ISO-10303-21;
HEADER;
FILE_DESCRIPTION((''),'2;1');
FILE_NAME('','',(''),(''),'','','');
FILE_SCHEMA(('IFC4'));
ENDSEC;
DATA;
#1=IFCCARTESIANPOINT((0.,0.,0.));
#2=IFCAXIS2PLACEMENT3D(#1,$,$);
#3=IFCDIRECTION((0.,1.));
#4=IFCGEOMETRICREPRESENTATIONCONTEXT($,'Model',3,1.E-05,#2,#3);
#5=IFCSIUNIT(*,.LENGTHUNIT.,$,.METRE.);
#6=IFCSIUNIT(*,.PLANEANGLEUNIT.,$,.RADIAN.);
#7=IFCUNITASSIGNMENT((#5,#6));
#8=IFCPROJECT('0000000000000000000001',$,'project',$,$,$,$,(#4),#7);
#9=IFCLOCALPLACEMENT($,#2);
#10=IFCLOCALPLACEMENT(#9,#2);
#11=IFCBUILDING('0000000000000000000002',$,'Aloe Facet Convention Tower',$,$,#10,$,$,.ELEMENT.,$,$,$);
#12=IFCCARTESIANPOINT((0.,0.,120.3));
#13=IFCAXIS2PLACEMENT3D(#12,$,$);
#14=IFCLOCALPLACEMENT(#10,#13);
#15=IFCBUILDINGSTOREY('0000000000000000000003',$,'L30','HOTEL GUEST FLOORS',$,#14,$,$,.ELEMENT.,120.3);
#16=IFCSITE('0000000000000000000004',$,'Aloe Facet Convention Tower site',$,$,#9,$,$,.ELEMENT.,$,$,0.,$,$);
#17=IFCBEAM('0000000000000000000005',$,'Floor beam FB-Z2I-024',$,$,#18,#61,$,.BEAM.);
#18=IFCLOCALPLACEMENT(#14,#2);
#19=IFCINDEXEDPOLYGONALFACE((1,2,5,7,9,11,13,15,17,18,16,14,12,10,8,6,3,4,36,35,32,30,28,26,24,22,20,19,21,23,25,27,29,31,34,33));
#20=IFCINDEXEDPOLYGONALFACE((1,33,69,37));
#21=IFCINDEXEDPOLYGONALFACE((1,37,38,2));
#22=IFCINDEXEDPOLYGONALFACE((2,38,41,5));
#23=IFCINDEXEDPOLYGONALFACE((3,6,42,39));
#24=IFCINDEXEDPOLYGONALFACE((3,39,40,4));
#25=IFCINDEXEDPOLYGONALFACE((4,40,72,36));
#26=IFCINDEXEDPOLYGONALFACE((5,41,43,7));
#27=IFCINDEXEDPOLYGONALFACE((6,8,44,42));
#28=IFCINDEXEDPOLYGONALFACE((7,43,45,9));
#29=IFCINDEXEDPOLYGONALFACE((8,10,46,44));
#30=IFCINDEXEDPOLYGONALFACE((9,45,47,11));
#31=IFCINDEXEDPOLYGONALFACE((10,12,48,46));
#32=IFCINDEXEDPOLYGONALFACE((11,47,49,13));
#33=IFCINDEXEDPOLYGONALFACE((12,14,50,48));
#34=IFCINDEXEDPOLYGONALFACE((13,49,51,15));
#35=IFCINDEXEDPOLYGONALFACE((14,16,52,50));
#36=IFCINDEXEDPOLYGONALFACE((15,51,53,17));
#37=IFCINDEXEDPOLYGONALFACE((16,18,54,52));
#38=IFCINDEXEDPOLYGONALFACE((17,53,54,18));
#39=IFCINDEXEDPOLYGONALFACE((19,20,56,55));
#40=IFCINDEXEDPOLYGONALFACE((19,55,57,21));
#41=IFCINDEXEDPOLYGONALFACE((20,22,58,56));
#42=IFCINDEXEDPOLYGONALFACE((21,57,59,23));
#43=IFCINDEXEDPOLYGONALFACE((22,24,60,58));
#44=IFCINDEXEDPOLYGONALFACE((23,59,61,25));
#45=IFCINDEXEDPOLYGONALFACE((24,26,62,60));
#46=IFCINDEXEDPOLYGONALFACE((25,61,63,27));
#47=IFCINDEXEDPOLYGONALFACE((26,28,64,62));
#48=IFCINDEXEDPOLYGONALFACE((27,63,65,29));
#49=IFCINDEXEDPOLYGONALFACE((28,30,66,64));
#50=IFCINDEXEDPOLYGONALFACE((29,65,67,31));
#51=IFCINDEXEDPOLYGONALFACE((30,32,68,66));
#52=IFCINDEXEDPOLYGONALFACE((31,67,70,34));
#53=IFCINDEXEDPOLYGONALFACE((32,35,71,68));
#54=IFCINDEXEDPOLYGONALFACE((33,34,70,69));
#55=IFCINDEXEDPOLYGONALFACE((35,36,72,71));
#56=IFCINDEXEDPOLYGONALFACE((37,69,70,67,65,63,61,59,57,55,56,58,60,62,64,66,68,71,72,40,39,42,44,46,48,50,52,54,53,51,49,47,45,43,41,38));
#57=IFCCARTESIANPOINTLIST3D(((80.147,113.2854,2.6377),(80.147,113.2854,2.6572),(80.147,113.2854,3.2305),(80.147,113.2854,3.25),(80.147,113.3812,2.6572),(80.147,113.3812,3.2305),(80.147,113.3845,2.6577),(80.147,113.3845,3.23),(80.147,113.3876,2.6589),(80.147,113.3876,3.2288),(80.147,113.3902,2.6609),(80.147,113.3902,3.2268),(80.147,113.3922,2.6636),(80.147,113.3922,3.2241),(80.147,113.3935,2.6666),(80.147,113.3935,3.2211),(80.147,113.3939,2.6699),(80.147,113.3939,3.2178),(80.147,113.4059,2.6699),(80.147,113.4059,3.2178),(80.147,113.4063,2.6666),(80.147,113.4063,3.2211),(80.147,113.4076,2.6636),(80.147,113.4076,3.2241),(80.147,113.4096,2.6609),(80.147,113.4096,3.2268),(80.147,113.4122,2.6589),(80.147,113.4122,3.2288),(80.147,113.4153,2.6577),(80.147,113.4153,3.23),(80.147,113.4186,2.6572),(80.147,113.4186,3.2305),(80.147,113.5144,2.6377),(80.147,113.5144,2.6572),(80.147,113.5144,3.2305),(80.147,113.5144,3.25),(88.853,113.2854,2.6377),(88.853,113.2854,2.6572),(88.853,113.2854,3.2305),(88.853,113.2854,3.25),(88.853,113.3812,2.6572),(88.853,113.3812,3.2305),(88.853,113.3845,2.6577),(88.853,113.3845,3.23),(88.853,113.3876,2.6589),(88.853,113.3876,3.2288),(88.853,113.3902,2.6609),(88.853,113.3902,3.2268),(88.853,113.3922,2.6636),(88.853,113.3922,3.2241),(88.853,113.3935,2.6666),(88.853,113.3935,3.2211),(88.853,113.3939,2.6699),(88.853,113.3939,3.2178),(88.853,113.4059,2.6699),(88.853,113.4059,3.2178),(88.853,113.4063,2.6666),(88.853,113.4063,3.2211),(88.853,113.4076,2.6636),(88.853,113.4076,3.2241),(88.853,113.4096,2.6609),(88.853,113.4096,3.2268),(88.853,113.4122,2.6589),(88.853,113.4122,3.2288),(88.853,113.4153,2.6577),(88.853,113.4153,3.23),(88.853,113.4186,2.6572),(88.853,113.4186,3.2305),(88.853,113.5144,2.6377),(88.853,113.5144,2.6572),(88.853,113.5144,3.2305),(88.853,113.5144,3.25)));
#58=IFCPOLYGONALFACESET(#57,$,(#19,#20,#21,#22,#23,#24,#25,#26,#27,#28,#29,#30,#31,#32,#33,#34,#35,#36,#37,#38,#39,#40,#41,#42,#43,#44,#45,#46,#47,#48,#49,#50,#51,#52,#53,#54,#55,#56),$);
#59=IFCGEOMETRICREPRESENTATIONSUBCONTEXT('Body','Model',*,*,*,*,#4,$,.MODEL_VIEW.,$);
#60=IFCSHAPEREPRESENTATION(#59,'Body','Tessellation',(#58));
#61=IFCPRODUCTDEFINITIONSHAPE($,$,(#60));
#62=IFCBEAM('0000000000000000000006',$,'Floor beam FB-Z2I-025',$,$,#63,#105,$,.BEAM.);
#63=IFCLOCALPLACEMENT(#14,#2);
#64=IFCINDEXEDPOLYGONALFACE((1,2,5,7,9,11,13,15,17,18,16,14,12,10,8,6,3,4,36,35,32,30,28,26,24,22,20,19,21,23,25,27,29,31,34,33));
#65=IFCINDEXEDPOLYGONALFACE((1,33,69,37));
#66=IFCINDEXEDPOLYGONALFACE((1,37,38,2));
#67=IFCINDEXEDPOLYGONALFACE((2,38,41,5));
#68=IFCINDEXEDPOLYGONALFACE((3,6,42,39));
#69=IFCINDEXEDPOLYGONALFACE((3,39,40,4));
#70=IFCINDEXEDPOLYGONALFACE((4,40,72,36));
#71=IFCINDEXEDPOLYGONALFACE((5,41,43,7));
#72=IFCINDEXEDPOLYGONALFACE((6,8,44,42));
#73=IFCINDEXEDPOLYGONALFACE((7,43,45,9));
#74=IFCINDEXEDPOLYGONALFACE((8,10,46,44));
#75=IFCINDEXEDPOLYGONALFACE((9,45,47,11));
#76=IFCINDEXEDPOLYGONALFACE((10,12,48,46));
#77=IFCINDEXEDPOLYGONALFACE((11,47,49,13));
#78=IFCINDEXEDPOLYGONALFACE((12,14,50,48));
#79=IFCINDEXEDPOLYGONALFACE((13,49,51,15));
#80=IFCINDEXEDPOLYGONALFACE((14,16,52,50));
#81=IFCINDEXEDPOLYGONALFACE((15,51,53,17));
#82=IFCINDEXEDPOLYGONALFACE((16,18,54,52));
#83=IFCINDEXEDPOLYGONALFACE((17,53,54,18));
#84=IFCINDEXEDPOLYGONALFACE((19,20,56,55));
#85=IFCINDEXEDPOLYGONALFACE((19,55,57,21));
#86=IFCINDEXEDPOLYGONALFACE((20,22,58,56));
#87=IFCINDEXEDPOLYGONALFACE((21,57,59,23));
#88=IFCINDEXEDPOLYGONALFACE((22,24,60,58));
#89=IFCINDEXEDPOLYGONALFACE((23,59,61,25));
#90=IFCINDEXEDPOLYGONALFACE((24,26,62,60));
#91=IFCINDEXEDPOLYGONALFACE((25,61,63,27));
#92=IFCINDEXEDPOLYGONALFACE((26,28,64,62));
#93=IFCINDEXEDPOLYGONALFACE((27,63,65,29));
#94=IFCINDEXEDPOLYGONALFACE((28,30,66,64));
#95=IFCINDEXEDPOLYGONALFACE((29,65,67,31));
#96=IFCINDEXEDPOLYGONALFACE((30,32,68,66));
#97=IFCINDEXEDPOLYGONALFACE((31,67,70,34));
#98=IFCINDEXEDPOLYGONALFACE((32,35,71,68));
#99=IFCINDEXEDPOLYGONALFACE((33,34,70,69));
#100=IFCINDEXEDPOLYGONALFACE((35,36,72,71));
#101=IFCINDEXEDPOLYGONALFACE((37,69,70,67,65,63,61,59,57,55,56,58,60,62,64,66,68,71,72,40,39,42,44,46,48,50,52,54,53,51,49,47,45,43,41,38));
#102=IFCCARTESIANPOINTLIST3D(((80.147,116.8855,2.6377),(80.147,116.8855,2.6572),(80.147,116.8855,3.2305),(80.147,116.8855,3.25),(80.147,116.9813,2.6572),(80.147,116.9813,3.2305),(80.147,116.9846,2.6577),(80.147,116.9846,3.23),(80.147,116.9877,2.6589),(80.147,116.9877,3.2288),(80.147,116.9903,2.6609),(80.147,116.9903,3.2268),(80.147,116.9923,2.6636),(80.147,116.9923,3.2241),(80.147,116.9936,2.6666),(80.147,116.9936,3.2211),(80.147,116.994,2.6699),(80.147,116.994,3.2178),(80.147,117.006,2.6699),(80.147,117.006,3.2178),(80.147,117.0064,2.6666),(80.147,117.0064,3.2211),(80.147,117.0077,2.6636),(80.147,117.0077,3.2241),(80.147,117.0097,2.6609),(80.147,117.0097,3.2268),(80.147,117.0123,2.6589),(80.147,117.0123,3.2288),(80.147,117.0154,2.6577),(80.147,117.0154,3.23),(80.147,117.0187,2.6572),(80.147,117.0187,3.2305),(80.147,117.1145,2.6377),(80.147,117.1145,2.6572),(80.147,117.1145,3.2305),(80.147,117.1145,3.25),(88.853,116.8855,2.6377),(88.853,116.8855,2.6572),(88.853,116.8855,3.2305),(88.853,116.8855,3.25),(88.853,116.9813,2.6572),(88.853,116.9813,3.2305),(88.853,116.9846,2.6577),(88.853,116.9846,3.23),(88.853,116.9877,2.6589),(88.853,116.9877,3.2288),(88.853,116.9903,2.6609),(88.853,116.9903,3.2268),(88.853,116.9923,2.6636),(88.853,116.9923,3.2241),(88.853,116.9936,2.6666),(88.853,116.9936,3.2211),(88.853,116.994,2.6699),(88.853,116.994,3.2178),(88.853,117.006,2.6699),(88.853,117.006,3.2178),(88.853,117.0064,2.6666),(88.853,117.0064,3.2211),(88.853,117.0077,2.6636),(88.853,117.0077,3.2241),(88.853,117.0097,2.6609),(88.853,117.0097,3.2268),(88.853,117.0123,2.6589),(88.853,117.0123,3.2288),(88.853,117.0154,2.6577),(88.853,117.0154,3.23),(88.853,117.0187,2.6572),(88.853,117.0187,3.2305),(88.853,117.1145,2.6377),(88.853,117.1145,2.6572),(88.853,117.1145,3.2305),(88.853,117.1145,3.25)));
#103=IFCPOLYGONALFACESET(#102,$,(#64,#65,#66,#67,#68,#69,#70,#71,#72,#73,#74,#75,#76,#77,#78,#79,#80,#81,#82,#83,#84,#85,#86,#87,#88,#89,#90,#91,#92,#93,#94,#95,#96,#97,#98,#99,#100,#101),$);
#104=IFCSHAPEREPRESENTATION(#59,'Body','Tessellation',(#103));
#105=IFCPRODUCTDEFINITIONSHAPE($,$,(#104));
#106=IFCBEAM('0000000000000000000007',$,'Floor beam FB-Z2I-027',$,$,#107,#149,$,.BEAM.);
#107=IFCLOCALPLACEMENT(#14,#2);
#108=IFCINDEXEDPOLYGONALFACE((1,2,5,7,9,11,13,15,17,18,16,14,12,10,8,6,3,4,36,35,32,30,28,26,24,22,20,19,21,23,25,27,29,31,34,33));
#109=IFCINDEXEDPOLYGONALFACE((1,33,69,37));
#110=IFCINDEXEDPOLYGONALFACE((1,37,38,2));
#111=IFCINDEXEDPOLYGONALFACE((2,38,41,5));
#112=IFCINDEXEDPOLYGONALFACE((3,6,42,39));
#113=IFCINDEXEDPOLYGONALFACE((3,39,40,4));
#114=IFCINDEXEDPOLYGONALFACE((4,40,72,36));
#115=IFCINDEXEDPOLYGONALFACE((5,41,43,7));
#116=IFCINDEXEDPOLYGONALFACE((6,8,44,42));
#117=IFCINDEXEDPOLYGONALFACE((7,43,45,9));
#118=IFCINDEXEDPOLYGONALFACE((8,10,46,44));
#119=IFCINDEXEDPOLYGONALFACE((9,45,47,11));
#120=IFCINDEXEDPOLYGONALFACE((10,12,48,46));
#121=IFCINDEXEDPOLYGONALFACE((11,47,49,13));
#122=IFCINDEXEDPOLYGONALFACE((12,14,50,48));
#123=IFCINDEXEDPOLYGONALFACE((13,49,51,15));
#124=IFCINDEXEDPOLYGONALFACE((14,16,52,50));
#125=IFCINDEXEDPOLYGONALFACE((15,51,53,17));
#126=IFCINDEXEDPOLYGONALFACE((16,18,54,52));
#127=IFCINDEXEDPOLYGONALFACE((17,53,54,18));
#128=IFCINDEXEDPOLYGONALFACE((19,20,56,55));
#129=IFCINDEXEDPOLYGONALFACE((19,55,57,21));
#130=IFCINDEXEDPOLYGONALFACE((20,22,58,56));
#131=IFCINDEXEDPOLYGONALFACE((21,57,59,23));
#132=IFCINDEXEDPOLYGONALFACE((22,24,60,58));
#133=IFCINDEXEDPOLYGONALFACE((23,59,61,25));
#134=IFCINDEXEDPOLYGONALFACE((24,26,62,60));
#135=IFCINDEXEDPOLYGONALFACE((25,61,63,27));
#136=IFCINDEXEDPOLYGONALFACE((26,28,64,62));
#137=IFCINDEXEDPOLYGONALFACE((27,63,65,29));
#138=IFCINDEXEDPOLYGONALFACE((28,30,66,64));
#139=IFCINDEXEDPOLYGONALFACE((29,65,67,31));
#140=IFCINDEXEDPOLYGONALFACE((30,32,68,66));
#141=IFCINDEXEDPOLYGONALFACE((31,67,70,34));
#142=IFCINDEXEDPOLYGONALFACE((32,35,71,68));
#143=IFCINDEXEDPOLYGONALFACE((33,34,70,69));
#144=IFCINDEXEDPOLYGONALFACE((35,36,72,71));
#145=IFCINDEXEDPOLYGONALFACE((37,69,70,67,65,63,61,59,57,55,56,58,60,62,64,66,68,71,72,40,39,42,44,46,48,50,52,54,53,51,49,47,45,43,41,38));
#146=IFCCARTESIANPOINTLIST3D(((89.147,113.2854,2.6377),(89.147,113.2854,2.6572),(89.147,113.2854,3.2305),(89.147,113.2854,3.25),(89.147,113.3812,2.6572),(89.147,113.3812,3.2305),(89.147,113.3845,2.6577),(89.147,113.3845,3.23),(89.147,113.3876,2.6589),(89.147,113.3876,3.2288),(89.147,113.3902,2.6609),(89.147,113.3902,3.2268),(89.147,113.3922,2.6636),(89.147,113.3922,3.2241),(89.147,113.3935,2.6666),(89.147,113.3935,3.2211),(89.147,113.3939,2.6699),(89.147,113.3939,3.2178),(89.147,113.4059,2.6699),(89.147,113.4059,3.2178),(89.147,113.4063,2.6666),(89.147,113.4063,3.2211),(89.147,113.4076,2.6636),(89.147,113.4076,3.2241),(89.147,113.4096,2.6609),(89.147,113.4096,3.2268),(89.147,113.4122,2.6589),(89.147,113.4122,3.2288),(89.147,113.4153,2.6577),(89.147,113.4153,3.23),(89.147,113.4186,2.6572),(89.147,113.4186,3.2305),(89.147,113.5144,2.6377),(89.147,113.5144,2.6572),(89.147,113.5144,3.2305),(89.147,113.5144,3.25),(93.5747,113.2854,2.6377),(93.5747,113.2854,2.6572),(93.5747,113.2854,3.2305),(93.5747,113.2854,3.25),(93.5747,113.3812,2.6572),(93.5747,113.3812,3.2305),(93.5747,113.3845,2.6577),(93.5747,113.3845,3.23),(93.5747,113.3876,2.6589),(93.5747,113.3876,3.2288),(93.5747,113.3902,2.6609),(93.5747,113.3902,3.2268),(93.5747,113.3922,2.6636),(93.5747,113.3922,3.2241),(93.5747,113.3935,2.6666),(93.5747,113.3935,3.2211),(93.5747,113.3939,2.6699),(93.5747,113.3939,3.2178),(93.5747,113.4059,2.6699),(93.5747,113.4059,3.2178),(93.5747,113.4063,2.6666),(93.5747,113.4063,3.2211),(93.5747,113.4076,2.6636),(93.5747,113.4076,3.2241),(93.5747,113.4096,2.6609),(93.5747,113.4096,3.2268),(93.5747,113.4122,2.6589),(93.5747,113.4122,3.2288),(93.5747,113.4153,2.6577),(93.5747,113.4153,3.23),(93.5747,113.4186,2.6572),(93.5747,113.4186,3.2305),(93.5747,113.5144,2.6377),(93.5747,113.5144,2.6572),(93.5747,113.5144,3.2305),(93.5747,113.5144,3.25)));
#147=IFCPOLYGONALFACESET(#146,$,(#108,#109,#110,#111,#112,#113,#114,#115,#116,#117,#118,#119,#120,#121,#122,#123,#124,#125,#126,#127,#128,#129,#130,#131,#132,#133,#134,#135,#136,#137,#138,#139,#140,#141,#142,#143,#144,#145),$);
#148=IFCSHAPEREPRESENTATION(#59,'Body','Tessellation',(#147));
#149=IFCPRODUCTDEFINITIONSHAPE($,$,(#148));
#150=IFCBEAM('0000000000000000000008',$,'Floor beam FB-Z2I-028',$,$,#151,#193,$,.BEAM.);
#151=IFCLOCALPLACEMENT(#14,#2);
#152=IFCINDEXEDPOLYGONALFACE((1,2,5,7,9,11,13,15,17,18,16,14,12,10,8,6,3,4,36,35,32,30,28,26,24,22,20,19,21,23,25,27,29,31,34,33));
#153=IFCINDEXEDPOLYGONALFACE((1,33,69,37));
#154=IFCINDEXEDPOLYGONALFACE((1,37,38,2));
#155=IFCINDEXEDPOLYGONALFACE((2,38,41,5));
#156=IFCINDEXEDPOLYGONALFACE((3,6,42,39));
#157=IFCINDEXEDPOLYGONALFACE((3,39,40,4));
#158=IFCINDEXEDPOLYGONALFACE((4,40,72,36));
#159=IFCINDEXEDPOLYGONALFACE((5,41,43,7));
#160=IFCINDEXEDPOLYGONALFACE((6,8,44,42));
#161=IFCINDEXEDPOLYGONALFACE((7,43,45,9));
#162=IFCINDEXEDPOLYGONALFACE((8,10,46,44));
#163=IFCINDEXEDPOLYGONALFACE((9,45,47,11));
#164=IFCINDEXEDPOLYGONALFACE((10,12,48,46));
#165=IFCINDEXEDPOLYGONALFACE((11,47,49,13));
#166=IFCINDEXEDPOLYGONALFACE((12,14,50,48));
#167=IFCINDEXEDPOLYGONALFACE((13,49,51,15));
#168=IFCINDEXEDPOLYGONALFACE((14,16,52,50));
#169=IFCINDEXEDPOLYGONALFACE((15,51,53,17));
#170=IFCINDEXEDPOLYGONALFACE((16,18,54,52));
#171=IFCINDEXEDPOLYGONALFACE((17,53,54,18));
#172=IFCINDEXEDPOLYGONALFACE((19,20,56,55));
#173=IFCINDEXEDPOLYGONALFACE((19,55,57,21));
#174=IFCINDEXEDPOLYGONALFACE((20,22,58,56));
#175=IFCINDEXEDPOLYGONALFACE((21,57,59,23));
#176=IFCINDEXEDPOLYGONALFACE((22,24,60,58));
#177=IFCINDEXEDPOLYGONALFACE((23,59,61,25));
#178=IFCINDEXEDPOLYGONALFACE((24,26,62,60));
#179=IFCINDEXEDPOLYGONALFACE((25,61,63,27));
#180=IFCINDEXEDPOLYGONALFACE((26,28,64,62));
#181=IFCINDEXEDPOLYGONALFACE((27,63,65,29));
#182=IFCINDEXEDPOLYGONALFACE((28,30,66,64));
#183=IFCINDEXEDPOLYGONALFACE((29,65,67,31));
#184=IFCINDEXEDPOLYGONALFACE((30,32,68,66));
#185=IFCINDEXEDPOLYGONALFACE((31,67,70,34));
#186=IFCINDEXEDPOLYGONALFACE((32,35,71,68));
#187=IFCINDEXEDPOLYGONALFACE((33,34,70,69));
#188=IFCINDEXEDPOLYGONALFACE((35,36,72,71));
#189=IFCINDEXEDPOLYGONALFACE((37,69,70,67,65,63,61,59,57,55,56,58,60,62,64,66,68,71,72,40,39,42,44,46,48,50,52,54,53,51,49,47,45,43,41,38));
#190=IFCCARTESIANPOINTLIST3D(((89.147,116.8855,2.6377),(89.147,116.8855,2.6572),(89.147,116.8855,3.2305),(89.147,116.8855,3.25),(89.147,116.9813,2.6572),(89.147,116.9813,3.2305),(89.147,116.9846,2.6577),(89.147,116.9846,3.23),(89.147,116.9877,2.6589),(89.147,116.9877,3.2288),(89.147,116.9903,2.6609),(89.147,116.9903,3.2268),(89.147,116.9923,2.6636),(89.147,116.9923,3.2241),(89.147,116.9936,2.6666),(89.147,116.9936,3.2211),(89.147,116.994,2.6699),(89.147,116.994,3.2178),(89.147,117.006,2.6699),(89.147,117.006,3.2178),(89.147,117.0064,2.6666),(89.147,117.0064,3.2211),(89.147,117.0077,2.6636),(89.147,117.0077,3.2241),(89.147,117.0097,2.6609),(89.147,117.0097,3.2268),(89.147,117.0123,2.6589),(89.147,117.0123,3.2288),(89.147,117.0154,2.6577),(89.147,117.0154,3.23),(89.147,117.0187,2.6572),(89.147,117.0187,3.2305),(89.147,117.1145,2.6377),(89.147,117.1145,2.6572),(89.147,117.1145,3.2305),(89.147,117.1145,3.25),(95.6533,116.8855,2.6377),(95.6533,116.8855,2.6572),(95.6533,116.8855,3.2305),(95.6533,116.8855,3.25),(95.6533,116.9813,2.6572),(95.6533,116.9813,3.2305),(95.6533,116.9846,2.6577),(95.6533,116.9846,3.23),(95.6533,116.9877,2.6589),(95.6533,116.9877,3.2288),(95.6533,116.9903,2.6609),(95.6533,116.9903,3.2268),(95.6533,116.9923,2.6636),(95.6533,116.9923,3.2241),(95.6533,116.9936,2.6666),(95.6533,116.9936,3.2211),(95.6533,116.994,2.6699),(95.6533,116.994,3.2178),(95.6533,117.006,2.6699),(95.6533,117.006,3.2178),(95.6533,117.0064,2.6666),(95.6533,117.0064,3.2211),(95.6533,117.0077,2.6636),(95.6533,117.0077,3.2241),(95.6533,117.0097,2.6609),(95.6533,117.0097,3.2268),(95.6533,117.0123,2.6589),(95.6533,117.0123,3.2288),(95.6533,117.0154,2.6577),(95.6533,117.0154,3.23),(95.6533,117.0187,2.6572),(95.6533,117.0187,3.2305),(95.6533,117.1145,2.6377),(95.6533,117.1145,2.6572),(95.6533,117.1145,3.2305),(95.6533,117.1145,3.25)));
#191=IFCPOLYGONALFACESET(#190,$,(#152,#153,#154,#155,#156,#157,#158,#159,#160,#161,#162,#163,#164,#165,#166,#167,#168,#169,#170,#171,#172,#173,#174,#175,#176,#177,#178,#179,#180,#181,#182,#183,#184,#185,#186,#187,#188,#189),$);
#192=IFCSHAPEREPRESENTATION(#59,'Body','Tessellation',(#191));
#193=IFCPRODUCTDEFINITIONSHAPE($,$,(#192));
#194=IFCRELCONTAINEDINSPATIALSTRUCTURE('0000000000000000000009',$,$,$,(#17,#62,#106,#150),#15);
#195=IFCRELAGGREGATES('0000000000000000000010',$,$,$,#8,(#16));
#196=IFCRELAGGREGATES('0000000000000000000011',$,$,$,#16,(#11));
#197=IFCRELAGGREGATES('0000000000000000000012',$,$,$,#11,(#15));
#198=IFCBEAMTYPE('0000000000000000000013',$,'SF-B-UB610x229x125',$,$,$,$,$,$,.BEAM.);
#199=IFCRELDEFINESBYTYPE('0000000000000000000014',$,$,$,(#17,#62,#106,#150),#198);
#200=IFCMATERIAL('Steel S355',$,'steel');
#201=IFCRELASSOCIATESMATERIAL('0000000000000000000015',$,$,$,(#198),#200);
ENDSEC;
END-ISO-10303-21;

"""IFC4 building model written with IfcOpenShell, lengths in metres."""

from ifc_helpers import new_model, si_unit, direction, frame, origin, origin_2d, place, context, subcontext, project, spatial, i_section, extrude, material, material_profile, profile_set, type_object, element, save


model = new_model("IFC4")

# Units and contexts
model_context = context("Model", 3, precision=1e-05, world=origin(), true_north=direction((0.0, 1.0)))
body_context = subcontext(model_context, "Body", "Model", "MODEL_VIEW")
ifc_project = project(units=[si_unit("LENGTHUNIT", "METRE"), si_unit("PLANEANGLEUNIT", "RADIAN")], contexts=[model_context])

# Site, building, storey
site_placement = place(None, origin())
site = spatial("IfcSite", under=ifc_project, at=site_placement, Name="Aloe Facet Convention Tower site", CompositionType="ELEMENT", RefElevation=0.0)
building_placement = place(site_placement, origin())
building = spatial("IfcBuilding", under=site, at=building_placement, Name="Aloe Facet Convention Tower", CompositionType="ELEMENT")
storey_placement = place(building_placement, frame((0.0, 0.0, 120.3)))
storey = spatial("IfcBuildingStorey", under=building, at=storey_placement, Name="L30", Description="HOTEL GUEST FLOORS", CompositionType="ELEMENT", Elevation=120.3)

# Beams
ifc_material_1 = material(Name="Steel S355", Category="steel")
ifc_material_profile_1 = material_profile(ifc_material_1, i_section(OverallWidth=0.229, OverallDepth=0.6123, WebThickness=0.012, FlangeThickness=0.0195, FilletRadius=0.0127, at=origin_2d()), Name="UB 610x229x125")
ifc_profile_set_1 = profile_set([ifc_material_profile_1], Name="Steel S355")
beam_type_1 = type_object("IfcBeamType", Name="SF-B-UB610x229x125", PredefinedType="BEAM", material=ifc_profile_set_1)
for number, where, z_axis, x_axis, name in (
    (1, (80.147, 113.3999, 2.9438), (1.0, 0.0, 0.0), (0.0, 1.0, 0.0), "Floor beam FB-Z2I-024"),
    (2, (80.147, 117.0, 2.9438), (1.0, 0.0, 0.0), (0.0, 1.0, 0.0), "Floor beam FB-Z2I-025"),
):
    element("IfcBeam", number, at=place(storey_placement, frame(where, z_axis=z_axis, x_axis=x_axis)), inside=storey, type_object=beam_type_1, Name=name, PredefinedType="BEAM", context=body_context, shape_type="SweptSolid", body=[
        extrude(i_section(OverallWidth=0.229, OverallDepth=0.6123, WebThickness=0.012, FlangeThickness=0.0195, FilletRadius=0.0127, at=origin_2d()), origin(), (0.0, 0.0, 1.0), 8.7061),
    ])
beam_1_placement = place(storey_placement, frame((89.147, 113.3999, 2.9438), z_axis=(1.0, 0.0, 0.0), x_axis=(0.0, 1.0, 0.0)))
element("IfcBeam", 3, at=beam_1_placement, inside=storey, type_object=beam_type_1, Name="Floor beam FB-Z2I-027", PredefinedType="BEAM", context=body_context, shape_type="SweptSolid", body=[
    extrude(i_section(OverallWidth=0.229, OverallDepth=0.6123, WebThickness=0.012, FlangeThickness=0.0195, FilletRadius=0.0127, at=origin_2d()), origin(), (0.0, 0.0, 1.0), 4.4277),
])
beam_2_placement = place(storey_placement, frame((89.147, 117.0, 2.9438), z_axis=(1.0, 0.0, 0.0), x_axis=(0.0, 1.0, 0.0)))
element("IfcBeam", 4, at=beam_2_placement, inside=storey, type_object=beam_type_1, Name="Floor beam FB-Z2I-028", PredefinedType="BEAM", context=body_context, shape_type="SweptSolid", body=[
    extrude(i_section(OverallWidth=0.229, OverallDepth=0.6123, WebThickness=0.012, FlangeThickness=0.0195, FilletRadius=0.0127, at=origin_2d()), origin(), (0.0, 0.0, 1.0), 6.5063),
])

save(model, "model.ifc")
